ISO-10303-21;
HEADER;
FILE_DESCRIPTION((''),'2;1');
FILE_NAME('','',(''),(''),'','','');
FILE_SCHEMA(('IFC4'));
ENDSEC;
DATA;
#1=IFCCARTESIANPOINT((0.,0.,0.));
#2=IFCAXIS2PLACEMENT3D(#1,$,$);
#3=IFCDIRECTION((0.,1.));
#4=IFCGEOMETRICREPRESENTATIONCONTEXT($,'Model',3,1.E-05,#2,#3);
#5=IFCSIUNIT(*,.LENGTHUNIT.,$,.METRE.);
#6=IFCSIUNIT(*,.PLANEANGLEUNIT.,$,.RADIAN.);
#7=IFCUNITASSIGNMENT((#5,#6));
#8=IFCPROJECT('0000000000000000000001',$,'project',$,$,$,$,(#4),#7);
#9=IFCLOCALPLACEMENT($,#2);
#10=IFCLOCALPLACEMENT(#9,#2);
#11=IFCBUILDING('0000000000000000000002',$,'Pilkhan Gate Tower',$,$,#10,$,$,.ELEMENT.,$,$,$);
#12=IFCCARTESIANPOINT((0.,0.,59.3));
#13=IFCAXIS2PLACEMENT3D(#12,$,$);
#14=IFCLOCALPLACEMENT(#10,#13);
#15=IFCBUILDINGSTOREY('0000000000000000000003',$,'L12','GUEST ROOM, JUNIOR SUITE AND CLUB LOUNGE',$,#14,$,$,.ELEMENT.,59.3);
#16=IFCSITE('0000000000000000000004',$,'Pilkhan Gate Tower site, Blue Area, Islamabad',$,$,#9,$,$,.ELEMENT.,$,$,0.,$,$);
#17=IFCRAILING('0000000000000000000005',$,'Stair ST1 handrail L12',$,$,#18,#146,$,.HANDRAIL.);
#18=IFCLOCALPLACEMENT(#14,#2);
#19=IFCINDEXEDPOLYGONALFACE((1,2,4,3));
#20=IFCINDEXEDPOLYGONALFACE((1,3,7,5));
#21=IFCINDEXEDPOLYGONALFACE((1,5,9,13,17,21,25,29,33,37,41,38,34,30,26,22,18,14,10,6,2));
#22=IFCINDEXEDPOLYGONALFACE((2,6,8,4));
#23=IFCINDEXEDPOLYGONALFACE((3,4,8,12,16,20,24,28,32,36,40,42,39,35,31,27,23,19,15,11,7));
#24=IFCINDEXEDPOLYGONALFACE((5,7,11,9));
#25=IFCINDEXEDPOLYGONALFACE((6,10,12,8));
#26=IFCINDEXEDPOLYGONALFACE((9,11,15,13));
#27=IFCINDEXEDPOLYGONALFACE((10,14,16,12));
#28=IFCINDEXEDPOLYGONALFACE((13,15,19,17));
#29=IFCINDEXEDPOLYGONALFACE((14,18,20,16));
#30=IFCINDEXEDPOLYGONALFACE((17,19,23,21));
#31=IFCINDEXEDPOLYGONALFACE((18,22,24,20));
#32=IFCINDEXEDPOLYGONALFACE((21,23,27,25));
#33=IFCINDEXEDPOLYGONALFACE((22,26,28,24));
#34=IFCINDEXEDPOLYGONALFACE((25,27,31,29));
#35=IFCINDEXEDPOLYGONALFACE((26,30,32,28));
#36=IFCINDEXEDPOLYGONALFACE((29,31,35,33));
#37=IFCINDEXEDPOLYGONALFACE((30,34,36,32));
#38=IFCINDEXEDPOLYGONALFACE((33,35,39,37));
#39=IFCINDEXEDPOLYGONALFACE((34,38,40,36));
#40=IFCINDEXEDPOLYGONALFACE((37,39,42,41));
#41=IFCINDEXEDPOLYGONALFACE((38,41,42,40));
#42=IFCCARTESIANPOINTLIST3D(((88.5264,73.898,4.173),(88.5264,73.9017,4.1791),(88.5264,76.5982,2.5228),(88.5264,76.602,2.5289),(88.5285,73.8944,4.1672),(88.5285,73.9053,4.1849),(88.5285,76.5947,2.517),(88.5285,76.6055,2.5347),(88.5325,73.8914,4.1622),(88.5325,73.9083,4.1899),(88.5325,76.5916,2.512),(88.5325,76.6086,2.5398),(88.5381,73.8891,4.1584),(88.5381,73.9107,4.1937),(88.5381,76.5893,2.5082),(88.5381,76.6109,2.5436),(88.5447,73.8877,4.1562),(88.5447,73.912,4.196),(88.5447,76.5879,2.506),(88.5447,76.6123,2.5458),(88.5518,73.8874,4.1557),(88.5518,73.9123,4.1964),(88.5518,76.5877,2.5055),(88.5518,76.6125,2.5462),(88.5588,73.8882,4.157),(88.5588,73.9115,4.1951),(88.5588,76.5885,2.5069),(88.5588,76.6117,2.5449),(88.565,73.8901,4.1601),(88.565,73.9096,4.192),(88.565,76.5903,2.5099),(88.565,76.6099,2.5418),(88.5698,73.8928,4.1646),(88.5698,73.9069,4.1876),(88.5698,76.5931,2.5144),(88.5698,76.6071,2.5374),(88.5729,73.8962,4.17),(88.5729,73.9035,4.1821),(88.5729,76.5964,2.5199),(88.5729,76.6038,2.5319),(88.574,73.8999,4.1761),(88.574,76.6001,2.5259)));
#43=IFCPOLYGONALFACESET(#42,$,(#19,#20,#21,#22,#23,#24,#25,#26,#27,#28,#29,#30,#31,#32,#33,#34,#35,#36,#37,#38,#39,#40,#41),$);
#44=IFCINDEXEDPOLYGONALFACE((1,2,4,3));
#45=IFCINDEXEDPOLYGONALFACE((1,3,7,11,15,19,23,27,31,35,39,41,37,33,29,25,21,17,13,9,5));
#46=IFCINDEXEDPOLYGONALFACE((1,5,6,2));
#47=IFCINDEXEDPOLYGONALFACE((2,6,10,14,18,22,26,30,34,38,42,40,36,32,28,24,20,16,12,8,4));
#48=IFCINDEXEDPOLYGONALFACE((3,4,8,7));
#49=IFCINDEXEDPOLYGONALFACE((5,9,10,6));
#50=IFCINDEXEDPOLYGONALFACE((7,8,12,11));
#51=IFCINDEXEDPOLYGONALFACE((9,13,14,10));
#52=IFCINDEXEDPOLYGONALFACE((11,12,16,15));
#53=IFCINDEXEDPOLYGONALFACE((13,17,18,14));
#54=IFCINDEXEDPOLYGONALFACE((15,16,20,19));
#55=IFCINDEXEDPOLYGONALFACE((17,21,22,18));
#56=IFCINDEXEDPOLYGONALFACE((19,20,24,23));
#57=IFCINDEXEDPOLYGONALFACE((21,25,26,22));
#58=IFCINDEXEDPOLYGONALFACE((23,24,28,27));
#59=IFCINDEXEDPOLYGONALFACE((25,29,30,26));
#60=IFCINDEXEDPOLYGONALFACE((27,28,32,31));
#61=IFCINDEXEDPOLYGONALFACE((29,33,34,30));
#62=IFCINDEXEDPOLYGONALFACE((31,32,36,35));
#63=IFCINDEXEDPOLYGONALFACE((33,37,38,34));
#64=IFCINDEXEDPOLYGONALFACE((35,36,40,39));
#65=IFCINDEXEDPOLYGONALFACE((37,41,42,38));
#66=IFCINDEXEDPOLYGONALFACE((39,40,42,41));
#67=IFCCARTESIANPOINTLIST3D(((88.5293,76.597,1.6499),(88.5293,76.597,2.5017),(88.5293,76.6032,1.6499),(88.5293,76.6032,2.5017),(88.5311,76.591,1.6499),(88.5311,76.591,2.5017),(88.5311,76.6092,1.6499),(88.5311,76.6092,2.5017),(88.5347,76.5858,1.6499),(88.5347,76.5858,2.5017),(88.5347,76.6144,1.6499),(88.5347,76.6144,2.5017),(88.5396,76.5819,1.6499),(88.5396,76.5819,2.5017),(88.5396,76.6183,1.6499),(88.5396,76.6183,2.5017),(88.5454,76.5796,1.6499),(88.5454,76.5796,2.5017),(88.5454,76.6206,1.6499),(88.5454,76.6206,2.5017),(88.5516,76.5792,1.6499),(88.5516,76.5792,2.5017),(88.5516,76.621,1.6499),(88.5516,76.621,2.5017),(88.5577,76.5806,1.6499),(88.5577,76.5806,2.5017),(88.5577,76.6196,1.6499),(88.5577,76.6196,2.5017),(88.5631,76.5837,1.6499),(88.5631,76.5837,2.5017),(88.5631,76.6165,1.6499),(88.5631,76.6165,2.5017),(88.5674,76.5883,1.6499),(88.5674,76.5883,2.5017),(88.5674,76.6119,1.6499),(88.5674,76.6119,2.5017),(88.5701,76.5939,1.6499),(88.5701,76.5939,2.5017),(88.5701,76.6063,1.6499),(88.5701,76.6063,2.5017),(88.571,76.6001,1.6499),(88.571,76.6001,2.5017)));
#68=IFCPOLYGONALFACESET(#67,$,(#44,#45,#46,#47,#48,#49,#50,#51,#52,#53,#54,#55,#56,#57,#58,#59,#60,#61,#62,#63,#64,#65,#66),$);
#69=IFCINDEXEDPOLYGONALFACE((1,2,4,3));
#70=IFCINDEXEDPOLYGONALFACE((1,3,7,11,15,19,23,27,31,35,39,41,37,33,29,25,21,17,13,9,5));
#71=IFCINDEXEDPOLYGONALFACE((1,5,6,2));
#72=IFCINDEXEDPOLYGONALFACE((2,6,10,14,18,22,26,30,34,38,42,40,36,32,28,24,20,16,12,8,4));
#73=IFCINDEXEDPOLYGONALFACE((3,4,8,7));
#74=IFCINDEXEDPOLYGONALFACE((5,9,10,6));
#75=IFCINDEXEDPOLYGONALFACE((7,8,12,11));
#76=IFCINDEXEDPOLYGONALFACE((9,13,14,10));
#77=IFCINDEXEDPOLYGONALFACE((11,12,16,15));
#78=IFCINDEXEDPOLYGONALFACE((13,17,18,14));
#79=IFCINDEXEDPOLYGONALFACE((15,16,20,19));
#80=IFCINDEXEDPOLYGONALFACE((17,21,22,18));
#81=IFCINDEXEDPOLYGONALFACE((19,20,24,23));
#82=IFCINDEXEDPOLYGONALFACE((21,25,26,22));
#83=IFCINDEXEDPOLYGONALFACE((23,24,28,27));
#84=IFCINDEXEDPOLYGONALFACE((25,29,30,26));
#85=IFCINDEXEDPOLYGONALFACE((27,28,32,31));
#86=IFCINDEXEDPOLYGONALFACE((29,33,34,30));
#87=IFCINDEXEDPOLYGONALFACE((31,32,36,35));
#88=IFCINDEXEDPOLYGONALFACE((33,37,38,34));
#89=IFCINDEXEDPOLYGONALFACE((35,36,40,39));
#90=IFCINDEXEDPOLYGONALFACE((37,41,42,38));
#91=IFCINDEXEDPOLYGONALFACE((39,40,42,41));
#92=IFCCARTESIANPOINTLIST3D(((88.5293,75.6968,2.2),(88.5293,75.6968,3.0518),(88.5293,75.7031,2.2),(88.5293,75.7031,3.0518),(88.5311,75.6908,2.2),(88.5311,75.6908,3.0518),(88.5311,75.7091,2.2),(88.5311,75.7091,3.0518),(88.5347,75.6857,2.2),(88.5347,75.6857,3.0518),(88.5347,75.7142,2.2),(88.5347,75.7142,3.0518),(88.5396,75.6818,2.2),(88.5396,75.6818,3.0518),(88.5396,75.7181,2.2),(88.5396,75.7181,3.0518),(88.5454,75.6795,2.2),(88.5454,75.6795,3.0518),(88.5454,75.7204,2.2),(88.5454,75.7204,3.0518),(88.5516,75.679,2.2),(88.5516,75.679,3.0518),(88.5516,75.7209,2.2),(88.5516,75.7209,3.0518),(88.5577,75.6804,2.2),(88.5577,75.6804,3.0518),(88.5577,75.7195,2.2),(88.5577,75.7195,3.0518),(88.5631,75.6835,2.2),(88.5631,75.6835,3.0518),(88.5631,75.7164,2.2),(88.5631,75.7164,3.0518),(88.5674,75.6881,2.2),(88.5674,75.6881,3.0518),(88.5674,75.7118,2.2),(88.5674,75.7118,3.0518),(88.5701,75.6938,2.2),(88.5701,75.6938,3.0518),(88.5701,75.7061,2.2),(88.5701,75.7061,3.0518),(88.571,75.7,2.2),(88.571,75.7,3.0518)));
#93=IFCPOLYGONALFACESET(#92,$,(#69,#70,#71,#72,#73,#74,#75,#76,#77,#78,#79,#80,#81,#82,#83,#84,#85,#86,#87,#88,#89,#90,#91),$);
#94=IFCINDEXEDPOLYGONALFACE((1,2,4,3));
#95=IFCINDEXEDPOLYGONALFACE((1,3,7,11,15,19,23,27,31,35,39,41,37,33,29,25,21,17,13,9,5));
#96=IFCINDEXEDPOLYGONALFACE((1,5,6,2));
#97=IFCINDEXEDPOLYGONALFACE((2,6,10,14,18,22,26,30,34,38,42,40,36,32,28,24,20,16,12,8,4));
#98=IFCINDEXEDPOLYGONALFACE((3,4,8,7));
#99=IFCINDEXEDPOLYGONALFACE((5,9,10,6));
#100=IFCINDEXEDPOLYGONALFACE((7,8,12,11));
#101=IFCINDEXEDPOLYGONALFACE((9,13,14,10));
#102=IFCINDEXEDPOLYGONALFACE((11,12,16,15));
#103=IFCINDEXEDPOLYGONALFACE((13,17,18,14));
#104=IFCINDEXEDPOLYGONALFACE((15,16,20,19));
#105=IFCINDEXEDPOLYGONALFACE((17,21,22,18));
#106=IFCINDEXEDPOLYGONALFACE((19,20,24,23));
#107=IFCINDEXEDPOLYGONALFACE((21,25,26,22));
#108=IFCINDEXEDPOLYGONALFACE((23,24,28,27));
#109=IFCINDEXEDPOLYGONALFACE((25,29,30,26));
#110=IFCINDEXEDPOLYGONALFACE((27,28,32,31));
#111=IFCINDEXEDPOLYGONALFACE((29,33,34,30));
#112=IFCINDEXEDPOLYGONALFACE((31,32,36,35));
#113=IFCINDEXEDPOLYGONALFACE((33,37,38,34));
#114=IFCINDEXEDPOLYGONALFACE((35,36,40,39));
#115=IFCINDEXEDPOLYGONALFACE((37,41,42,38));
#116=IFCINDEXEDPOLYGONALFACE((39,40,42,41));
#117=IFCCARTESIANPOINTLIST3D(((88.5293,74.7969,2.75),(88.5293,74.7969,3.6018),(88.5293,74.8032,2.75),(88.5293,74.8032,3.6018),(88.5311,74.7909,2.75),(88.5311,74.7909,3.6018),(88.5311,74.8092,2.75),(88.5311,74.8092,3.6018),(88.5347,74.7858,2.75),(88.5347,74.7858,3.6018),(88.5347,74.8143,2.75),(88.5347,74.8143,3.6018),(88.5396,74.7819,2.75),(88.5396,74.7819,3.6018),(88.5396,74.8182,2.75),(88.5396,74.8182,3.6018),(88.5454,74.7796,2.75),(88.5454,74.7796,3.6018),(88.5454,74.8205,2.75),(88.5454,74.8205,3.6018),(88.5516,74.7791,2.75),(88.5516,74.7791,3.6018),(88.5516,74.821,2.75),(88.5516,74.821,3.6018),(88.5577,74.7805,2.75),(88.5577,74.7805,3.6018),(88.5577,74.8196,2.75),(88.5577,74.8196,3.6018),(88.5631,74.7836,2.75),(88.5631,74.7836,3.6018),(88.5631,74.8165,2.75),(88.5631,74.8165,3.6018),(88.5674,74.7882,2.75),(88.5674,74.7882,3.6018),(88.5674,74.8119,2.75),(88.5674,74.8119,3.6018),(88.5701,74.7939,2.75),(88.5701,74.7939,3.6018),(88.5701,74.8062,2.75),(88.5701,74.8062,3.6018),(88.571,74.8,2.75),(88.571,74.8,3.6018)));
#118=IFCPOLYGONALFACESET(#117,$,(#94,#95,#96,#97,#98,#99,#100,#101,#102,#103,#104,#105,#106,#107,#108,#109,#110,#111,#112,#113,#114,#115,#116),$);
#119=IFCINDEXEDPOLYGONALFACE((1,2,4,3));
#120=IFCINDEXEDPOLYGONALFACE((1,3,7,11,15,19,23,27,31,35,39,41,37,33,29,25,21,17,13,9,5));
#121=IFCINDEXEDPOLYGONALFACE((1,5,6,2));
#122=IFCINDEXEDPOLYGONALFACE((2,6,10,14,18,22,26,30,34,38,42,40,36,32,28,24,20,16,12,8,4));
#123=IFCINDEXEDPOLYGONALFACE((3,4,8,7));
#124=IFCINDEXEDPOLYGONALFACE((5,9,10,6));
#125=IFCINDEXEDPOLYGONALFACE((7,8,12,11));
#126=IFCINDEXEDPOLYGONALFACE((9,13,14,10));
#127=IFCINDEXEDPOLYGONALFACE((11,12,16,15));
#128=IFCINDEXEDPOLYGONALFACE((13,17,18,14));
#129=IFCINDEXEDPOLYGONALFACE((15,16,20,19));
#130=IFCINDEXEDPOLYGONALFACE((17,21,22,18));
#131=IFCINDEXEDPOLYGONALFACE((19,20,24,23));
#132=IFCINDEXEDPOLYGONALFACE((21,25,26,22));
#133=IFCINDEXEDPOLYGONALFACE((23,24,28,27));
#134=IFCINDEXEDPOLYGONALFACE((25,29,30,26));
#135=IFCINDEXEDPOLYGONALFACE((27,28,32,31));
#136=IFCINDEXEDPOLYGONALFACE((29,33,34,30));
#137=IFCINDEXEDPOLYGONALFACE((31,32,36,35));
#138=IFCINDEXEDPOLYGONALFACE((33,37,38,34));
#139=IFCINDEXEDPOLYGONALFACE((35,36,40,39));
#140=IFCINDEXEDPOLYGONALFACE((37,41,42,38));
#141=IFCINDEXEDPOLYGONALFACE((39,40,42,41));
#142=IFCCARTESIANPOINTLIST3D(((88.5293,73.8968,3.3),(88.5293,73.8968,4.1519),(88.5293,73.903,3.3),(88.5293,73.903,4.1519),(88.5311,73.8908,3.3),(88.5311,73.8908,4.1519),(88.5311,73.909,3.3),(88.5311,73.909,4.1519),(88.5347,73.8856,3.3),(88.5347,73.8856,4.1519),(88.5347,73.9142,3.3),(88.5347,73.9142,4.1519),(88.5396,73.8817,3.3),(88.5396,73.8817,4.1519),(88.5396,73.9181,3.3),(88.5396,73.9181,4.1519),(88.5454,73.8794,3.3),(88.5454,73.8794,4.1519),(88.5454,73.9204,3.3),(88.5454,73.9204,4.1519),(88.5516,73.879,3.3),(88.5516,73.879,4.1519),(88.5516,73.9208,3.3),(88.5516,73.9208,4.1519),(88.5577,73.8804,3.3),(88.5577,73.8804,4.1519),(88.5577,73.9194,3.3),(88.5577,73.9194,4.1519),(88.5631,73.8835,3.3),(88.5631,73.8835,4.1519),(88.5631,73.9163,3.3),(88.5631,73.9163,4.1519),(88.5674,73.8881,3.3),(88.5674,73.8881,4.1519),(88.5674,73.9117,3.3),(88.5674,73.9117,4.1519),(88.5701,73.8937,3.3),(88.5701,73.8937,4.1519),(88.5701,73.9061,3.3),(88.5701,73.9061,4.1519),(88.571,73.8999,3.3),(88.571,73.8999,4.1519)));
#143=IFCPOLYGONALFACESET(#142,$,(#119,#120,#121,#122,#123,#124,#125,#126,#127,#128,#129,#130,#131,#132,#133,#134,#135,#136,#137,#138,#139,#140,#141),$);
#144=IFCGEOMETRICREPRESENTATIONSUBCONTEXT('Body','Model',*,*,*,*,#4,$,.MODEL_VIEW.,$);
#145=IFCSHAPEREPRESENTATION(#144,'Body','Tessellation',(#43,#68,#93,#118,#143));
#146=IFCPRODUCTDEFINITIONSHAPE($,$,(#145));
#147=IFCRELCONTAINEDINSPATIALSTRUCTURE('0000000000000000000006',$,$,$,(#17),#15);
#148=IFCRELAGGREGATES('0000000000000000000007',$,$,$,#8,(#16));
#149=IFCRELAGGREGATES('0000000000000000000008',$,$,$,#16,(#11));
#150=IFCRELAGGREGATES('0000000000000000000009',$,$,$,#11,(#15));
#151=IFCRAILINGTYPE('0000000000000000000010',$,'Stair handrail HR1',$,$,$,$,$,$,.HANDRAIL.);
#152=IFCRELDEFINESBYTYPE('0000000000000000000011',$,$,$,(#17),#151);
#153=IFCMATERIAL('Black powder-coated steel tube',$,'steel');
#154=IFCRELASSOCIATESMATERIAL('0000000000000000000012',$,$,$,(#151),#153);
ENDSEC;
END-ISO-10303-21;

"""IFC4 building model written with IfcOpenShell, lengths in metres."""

from ifc_helpers import new_model, si_unit, direction, frame, origin, origin_2d, place, context, subcontext, project, spatial, circle, extrude, material, type_object, element, save


model = new_model("IFC4")

# Units and contexts
model_context = context("Model", 3, precision=1e-05, world=origin(), true_north=direction((0.0, 1.0)))
body_context = subcontext(model_context, "Body", "Model", "MODEL_VIEW")
ifc_project = project(units=[si_unit("LENGTHUNIT", "METRE"), si_unit("PLANEANGLEUNIT", "RADIAN")], contexts=[model_context])

# Site, building, storey
site_placement = place(None, origin())
site = spatial("IfcSite", under=ifc_project, at=site_placement, Name="Pilkhan Gate Tower site, Blue Area, Islamabad", CompositionType="ELEMENT", RefElevation=0.0)
building_placement = place(site_placement, origin())
building = spatial("IfcBuilding", under=site, at=building_placement, Name="Pilkhan Gate Tower", CompositionType="ELEMENT")
storey_placement = place(building_placement, frame((0.0, 0.0, 59.3)))
storey = spatial("IfcBuildingStorey", under=building, at=storey_placement, Name="L12", Description="GUEST ROOM, JUNIOR SUITE AND CLUB LOUNGE", CompositionType="ELEMENT", Elevation=59.3)

# Railing
ifc_material_1 = material(Name="Black powder-coated steel tube", Category="steel")
railing_type_1 = type_object("IfcRailingType", Name="Stair handrail HR1", PredefinedType="HANDRAIL", material=ifc_material_1)
railing_1_placement = place(storey_placement, frame((88.55, 76.6001, 1.6499)))
element("IfcRailing", 1, at=railing_1_placement, inside=storey, type_object=railing_type_1, Name="Stair ST1 handrail L12", PredefinedType="HANDRAIL", context=body_context, shape_type="SweptSolid", body=[
    extrude(circle(Radius=0.0239, at=origin_2d()), frame((0.0, 0.0, 0.876), z_axis=(0.0, -0.853278, 0.521456), x_axis=(1.0, 0.0, 0.0)), (0.0, 0.0, 1.0), 3.1646),
    extrude(circle(Radius=0.021, at=origin_2d()), origin(), (0.0, 0.0, 1.0), 0.8518),
    extrude(circle(Radius=0.021, at=origin_2d()), frame((0.0, -0.9001, 0.55)), (0.0, 0.0, 1.0), 0.8518),
    extrude(circle(Radius=0.021, at=origin_2d()), frame((0.0, -1.8, 1.1001)), (0.0, 0.0, 1.0), 0.8518),
    extrude(circle(Radius=0.021, at=origin_2d()), frame((0.0, -2.7002, 1.6501)), (0.0, 0.0, 1.0), 0.8518),
])

save(model, "model.ifc")
